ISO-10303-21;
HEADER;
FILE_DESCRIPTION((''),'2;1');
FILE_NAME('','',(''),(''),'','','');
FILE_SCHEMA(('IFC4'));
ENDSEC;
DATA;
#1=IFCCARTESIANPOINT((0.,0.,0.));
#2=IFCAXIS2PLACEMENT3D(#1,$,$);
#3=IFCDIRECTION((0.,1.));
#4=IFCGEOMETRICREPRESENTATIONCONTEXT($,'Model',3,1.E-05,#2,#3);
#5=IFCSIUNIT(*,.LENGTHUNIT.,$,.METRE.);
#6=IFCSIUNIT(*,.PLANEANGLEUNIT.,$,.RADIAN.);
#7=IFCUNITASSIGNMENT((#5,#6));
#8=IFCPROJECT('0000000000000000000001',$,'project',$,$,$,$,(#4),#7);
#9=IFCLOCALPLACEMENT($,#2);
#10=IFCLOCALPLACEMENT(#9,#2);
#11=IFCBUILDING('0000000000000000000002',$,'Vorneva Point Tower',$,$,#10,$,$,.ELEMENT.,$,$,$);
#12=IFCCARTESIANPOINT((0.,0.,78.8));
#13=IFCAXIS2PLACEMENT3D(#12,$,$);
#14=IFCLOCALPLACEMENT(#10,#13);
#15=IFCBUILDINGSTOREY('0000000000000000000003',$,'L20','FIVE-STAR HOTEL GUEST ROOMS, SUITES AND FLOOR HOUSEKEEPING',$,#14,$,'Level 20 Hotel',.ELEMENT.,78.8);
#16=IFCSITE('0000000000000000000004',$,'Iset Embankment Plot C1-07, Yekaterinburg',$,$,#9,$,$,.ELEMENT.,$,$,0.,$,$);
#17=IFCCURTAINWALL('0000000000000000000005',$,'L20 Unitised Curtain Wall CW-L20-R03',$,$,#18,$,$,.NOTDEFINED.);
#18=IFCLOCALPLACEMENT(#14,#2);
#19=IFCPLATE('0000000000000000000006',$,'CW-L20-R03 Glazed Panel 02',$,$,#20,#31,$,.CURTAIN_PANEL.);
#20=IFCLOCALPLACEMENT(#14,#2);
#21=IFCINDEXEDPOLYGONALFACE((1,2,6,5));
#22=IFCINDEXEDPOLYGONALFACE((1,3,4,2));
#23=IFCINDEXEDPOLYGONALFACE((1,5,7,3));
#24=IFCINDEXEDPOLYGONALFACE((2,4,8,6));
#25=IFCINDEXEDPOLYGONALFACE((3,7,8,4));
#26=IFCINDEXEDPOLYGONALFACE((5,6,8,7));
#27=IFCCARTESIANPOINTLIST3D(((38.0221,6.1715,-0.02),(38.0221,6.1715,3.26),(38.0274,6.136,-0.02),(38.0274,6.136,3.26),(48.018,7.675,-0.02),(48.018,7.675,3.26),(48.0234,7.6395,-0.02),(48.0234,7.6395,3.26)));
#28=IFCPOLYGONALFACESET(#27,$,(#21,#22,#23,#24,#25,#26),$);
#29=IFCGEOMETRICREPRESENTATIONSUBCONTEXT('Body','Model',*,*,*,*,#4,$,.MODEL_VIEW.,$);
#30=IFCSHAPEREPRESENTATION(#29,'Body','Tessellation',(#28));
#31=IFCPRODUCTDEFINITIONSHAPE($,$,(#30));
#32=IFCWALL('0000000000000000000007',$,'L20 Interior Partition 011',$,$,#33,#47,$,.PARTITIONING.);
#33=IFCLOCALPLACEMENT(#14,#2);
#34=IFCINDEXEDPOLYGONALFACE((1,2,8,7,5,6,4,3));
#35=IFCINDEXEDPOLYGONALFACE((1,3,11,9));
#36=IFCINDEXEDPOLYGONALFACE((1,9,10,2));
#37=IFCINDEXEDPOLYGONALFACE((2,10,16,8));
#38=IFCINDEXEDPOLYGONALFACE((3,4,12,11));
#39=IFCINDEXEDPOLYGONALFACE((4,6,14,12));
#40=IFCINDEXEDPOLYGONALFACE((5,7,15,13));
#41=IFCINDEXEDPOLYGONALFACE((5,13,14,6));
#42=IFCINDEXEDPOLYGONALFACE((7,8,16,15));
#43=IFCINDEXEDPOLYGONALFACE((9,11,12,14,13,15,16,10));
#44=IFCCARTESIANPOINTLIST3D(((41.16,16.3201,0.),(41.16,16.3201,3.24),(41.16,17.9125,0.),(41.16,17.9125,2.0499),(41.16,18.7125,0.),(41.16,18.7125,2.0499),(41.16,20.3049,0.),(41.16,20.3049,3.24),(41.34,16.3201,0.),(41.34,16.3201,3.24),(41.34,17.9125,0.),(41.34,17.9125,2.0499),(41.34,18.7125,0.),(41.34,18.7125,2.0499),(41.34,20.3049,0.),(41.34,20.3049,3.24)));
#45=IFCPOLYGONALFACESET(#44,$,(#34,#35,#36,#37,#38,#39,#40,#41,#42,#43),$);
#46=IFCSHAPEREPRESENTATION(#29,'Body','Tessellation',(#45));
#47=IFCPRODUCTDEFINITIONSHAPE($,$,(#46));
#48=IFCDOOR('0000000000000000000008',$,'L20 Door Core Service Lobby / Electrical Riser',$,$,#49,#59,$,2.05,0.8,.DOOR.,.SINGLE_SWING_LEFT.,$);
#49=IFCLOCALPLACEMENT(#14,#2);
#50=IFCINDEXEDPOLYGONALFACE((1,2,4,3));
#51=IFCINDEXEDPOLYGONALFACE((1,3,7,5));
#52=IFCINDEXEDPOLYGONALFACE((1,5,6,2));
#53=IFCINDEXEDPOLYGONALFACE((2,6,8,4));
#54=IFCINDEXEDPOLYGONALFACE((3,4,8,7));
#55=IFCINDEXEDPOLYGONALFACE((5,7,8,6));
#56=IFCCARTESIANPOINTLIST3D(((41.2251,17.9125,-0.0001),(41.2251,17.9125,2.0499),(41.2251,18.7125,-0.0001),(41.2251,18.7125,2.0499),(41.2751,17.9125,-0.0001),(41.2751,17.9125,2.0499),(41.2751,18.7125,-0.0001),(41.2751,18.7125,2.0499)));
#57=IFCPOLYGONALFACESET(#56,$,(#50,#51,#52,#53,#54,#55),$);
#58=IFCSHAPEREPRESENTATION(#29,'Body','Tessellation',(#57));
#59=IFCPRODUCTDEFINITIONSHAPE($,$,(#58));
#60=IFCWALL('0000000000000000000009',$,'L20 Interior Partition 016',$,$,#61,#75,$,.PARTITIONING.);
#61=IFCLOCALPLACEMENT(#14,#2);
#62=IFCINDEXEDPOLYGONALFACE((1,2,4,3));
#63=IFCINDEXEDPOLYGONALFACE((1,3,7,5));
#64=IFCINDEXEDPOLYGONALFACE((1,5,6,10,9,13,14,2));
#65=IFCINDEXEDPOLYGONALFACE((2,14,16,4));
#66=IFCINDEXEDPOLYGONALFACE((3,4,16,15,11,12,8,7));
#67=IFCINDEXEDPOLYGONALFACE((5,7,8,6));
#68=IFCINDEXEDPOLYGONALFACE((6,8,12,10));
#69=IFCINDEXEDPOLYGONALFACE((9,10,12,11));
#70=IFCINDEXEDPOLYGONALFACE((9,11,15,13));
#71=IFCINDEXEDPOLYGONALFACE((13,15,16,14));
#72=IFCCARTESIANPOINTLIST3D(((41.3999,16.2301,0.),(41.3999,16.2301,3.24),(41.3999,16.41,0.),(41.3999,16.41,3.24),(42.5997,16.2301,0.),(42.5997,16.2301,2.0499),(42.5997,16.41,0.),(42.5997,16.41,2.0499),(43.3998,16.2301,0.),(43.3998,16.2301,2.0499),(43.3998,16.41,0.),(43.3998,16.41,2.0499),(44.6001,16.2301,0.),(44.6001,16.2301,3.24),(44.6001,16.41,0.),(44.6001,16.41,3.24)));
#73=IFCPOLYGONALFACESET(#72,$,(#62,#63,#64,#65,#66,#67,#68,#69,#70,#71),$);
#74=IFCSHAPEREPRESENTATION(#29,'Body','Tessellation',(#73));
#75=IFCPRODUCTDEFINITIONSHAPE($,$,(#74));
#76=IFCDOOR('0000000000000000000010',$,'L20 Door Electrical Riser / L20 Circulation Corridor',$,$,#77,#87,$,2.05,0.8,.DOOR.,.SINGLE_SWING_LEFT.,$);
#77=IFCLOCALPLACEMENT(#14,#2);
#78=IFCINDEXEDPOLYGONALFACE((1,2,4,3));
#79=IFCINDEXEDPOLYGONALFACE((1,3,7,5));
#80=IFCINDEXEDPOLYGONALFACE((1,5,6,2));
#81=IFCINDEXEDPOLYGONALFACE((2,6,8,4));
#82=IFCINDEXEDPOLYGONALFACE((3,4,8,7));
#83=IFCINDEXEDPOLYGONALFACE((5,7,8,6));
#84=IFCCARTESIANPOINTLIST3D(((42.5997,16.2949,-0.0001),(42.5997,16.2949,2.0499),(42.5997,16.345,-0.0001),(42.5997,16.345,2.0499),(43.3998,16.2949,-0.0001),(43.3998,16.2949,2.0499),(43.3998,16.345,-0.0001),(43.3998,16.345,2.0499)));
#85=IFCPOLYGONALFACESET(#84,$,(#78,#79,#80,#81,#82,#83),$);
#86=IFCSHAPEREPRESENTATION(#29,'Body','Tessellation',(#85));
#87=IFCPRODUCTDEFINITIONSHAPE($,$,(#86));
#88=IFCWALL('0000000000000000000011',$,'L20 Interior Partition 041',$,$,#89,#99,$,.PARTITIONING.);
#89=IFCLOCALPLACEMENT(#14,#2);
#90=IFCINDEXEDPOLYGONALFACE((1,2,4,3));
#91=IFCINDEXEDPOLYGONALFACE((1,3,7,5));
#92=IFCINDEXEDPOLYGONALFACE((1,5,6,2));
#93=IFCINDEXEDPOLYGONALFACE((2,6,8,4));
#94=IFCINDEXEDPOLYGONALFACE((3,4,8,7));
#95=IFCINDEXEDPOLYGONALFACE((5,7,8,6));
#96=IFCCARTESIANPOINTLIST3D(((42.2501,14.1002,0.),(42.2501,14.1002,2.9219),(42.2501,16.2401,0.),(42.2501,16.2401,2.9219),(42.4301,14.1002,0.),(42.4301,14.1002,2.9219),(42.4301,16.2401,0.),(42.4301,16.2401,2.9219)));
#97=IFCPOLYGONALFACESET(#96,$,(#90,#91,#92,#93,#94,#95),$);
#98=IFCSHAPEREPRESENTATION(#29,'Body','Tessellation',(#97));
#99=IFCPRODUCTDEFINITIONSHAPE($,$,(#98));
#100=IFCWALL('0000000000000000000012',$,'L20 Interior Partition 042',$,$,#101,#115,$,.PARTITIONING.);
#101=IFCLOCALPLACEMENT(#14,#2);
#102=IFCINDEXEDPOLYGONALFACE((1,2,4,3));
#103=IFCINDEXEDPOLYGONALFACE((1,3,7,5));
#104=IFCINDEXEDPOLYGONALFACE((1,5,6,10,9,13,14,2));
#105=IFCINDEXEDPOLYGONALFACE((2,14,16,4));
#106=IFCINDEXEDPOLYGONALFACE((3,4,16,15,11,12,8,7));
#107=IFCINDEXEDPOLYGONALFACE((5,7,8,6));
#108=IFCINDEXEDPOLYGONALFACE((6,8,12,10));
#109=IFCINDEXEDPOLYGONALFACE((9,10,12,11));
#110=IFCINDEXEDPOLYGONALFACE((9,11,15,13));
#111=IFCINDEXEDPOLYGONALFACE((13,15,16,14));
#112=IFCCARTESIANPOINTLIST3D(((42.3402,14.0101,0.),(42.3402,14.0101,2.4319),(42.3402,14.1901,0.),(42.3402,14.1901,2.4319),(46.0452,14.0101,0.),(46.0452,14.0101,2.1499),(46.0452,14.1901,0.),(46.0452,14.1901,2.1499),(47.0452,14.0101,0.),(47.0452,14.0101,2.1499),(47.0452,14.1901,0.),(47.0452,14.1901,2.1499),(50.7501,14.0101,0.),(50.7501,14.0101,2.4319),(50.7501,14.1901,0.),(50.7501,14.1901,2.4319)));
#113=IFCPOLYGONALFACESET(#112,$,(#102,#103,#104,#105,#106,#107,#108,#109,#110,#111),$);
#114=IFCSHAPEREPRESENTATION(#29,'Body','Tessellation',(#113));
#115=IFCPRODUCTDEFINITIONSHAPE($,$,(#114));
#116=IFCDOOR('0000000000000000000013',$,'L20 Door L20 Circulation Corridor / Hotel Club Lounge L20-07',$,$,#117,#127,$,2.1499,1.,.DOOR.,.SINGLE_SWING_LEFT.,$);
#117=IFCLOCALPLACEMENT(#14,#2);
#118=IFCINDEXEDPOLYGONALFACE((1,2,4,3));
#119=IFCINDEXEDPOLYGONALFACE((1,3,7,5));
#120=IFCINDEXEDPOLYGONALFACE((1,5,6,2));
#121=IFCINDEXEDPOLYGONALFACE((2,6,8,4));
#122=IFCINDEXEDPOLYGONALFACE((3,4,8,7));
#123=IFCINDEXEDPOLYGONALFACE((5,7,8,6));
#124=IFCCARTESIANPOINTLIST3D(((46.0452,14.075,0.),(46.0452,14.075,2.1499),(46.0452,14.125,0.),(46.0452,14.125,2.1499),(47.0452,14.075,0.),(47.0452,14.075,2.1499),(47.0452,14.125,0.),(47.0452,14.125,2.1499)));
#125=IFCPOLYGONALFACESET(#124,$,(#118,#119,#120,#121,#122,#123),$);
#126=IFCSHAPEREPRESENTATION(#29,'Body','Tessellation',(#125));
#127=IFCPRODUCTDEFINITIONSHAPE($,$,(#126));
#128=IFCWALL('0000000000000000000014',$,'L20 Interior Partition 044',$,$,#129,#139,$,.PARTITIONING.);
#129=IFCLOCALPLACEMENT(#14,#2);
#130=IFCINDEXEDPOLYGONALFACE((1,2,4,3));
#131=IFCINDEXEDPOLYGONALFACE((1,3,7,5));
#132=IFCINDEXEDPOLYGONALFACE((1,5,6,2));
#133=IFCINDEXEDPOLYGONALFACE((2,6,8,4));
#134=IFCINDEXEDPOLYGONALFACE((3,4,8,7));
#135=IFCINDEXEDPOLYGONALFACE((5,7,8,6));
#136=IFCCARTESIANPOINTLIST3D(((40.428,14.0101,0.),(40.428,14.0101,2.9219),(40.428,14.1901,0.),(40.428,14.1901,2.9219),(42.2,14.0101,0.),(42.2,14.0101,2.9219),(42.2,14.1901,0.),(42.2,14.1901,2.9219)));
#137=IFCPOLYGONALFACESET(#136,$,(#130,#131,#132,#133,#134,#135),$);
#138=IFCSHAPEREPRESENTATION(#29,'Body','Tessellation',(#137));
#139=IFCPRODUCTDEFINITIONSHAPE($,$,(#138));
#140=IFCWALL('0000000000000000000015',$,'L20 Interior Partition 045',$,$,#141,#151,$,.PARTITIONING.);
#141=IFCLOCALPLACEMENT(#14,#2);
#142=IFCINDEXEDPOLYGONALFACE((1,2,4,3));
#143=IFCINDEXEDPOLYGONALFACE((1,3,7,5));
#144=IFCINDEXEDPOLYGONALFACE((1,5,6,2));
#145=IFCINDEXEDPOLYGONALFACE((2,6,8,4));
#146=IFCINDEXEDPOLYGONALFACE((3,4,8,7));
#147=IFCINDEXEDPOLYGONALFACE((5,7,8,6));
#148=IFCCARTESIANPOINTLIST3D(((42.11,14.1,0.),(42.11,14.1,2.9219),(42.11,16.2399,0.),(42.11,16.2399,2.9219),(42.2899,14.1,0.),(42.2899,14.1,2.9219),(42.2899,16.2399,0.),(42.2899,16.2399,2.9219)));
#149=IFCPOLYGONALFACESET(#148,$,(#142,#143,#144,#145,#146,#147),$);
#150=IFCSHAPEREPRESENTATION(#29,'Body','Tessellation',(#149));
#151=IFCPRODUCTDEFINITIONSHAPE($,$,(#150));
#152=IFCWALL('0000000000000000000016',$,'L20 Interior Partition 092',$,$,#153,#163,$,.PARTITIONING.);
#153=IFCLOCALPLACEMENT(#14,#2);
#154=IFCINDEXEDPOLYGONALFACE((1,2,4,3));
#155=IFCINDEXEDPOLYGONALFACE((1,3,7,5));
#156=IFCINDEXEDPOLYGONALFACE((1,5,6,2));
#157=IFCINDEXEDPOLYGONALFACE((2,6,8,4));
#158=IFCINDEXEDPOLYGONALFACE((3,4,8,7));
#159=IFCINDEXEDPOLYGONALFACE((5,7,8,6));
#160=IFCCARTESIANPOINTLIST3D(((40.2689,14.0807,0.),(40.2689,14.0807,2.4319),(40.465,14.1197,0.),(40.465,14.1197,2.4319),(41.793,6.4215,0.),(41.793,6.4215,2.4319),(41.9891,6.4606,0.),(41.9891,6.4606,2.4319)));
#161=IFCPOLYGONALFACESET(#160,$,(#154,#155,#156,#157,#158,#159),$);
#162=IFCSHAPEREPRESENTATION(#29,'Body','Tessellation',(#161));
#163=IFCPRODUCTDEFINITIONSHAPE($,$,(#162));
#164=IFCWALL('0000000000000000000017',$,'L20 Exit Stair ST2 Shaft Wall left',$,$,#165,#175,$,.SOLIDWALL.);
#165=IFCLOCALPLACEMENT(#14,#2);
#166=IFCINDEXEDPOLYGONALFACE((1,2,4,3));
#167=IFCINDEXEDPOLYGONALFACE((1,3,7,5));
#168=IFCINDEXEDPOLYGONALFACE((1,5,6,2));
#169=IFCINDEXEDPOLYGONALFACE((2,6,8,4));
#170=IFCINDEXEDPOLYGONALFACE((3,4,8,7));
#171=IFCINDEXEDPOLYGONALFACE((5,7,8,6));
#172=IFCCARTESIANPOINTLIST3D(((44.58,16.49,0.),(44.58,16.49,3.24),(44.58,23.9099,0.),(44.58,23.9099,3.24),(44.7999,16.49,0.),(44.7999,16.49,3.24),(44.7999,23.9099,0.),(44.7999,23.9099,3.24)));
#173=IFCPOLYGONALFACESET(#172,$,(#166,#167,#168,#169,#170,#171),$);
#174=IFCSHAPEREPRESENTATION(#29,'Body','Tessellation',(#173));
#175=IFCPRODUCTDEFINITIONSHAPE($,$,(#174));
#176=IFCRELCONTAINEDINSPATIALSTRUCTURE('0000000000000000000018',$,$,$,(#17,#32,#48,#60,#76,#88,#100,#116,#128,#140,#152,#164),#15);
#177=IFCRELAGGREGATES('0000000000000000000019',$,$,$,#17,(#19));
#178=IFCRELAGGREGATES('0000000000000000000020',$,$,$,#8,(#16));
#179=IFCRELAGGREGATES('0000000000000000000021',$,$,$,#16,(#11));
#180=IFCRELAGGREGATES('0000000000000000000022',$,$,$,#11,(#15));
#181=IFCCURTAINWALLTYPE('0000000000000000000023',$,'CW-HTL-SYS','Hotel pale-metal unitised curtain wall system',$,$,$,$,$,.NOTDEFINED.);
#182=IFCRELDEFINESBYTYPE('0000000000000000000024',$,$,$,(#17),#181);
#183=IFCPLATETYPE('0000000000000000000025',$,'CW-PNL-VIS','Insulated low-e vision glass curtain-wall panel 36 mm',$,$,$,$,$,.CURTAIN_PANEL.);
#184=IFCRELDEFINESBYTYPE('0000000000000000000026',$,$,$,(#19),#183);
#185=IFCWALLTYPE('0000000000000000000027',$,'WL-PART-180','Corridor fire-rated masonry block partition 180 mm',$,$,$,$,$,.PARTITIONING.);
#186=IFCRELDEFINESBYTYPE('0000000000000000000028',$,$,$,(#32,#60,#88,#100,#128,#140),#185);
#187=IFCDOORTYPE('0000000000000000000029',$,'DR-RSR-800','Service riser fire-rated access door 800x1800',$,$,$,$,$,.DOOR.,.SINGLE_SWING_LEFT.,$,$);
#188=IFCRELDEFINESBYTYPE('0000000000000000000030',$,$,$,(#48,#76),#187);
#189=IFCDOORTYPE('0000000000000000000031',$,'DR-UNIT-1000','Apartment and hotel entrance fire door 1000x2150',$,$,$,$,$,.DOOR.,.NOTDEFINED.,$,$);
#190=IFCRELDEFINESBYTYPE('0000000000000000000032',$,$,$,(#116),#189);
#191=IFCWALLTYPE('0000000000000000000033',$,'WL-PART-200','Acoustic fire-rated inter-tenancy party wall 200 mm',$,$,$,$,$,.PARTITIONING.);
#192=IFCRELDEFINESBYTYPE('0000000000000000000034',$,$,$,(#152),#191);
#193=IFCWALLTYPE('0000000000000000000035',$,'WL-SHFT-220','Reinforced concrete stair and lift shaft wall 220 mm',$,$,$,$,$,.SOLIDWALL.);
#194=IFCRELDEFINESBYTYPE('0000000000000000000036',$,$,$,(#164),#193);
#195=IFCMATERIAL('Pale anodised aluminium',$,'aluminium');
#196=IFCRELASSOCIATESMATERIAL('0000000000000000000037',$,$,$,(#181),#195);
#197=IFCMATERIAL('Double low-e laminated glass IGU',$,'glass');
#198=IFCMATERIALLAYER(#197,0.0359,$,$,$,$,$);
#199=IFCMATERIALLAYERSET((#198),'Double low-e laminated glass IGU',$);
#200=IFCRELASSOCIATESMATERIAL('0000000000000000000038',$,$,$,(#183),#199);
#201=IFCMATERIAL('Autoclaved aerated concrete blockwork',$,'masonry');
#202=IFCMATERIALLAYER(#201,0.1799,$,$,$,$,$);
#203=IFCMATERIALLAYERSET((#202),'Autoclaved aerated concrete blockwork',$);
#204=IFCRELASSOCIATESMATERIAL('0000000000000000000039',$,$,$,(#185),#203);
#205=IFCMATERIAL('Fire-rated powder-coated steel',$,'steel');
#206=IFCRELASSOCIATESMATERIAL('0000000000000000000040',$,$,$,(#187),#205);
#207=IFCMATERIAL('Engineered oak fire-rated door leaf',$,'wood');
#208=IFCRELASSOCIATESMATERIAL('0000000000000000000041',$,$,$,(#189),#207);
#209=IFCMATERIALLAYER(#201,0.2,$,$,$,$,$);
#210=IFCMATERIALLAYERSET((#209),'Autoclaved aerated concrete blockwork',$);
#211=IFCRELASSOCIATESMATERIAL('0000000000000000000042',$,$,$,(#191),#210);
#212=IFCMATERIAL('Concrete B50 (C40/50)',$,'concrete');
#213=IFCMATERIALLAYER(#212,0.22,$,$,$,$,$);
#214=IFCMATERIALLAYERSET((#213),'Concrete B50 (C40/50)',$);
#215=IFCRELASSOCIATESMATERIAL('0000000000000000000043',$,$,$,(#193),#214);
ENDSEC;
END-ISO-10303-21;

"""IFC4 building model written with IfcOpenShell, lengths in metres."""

from ifc_helpers import new_model, si_unit, direction, frame, frame_2d, origin, origin_2d, place, context, subcontext, project, spatial, rectangle, extrude, material, layer, layer_set, type_object, element, fill, aggregate, save


model = new_model("IFC4")

# Units and contexts
model_context = context("Model", 3, precision=1e-05, world=origin(), true_north=direction((0.0, 1.0)))
body_context = subcontext(model_context, "Body", "Model", "MODEL_VIEW")
ifc_project = project(units=[si_unit("LENGTHUNIT", "METRE"), si_unit("PLANEANGLEUNIT", "RADIAN")], contexts=[model_context])

# Site, building, storey
site_placement = place(None, origin())
site = spatial("IfcSite", under=ifc_project, at=site_placement, Name="Iset Embankment Plot C1-07, Yekaterinburg", CompositionType="ELEMENT", RefElevation=0.0)
building_placement = place(site_placement, origin())
building = spatial("IfcBuilding", under=site, at=building_placement, Name="Vorneva Point Tower", CompositionType="ELEMENT")
storey_placement = place(building_placement, frame((0.0, 0.0, 78.8)))
storey = spatial("IfcBuildingStorey", under=building, at=storey_placement, Name="L20", Description="FIVE-STAR HOTEL GUEST ROOMS, SUITES AND FLOOR HOUSEKEEPING", LongName="Level 20 Hotel", CompositionType="ELEMENT", Elevation=78.8)

# Curtain wall, plate
ifc_material_1 = material(Name="Pale anodised aluminium", Category="aluminium")
curtain_wall_type = type_object("IfcCurtainWallType", Name="CW-HTL-SYS", Description="Hotel pale-metal unitised curtain wall system", PredefinedType="NOTDEFINED", material=ifc_material_1)
curtain_wall_placement = place(storey_placement, origin())
curtain_wall = element("IfcCurtainWall", 1, at=curtain_wall_placement, inside=storey, type_object=curtain_wall_type, Name="L20 Unitised Curtain Wall CW-L20-R03", PredefinedType="NOTDEFINED")
ifc_material_2 = material(Name="Double low-e laminated glass IGU", Category="glass")
ifc_layer_1 = layer(ifc_material_2, 0.0359)
ifc_layer_set_1 = layer_set([ifc_layer_1], Name="Double low-e laminated glass IGU")
plate_type = type_object("IfcPlateType", Name="CW-PNL-VIS", Description="Insulated low-e vision glass curtain-wall panel 36 mm", PredefinedType="CURTAIN_PANEL", material=ifc_layer_set_1)
plate_placement = place(storey_placement, frame((43.0227, 6.9055, -0.02), z_axis=(0.0, 0.0, 1.0), x_axis=(0.988876, 0.148741, 0.0)))
plate = element("IfcPlate", 2, at=plate_placement, type_object=plate_type, Name="CW-L20-R03 Glazed Panel 02", PredefinedType="CURTAIN_PANEL", context=body_context, shape_type="SweptSolid", body=[
    extrude(rectangle(XDim=10.1084, YDim=0.0359, at=origin_2d()), origin(), (0.0, 0.0, 1.0), 3.28),
])
aggregate(curtain_wall, [plate])

# Walls, openings, doors
ifc_material_3 = material(Name="Autoclaved aerated concrete blockwork", Category="masonry")
ifc_layer_2 = layer(ifc_material_3, 0.1799)
ifc_layer_set_2 = layer_set([ifc_layer_2], Name="Autoclaved aerated concrete blockwork")
wall_type_1 = type_object("IfcWallType", Name="WL-PART-180", Description="Corridor fire-rated masonry block partition 180 mm", PredefinedType="PARTITIONING", material=ifc_layer_set_2)
wall_1_placement = place(storey_placement, frame((41.25, 16.3201, 0.0), z_axis=(0.0, 0.0, 1.0), x_axis=(0.0, 1.0, 0.0)))
wall_1 = element("IfcWall", 3, at=wall_1_placement, inside=storey, type_object=wall_type_1, Name="L20 Interior Partition 011", PredefinedType="PARTITIONING", context=body_context, shape_type="SweptSolid", body=[
    extrude(rectangle(XDim=3.9849, YDim=0.1799, at=frame_2d((1.9924, 0.0))), origin(), (0.0, 0.0, 1.0), 3.24),
])
opening_1_placement = place(wall_1_placement, frame((1.5925, 0.0, 0.0)))
opening_1 = element("IfcOpeningElement", 4, at=opening_1_placement, cuts=wall_1, PredefinedType="OPENING", context=body_context, shape_type="SweptSolid", body=[
    extrude(rectangle(XDim=0.8, YDim=2.05, at=frame_2d((0.3999, 1.0249))), frame((0.0, 0.105, 0.0), z_axis=(0.0, -1.0, 0.0), x_axis=(1.0, 0.0, 0.0)), (0.0, 0.0, 1.0), 0.2097),
])
ifc_material_4 = material(Name="Fire-rated powder-coated steel", Category="steel")
door_type_1 = type_object("IfcDoorType", Name="DR-RSR-800", Description="Service riser fire-rated access door 800x1800", OperationType="SINGLE_SWING_LEFT", PredefinedType="DOOR", material=ifc_material_4)
door_1_placement = place(opening_1_placement, origin())
door_1 = element("IfcDoor", 5, at=door_1_placement, inside=storey, type_object=door_type_1, Name="L20 Door Core Service Lobby / Electrical Riser", OperationType="SINGLE_SWING_LEFT", OverallHeight=2.05, OverallWidth=0.8, PredefinedType="DOOR", context=body_context, shape_type="SweptSolid", body=[
    extrude(rectangle(XDim=0.8, YDim=2.05, at=frame_2d((0.3999, 1.0249))), frame((0.0, 0.0249, 0.0), z_axis=(0.0, -1.0, 0.0), x_axis=(1.0, 0.0, 0.0)), (0.0, 0.0, 1.0), 0.05),
])
fill(opening_1, door_1)
wall_2_placement = place(storey_placement, frame((41.3999, 16.3201, 0.0), z_axis=(0.0, 0.0, 1.0), x_axis=(1.0, 0.0, 0.0)))
wall_2 = element("IfcWall", 6, at=wall_2_placement, inside=storey, type_object=wall_type_1, Name="L20 Interior Partition 016", PredefinedType="PARTITIONING", context=body_context, shape_type="SweptSolid", body=[
    extrude(rectangle(XDim=3.2002, YDim=0.1799, at=frame_2d((1.6001, 0.0))), origin(), (0.0, 0.0, 1.0), 3.24),
])
opening_2_placement = place(wall_2_placement, frame((1.2, 0.0, 0.0)))
opening_2 = element("IfcOpeningElement", 7, at=opening_2_placement, cuts=wall_2, PredefinedType="OPENING", context=body_context, shape_type="SweptSolid", body=[
    extrude(rectangle(XDim=0.8, YDim=2.05, at=frame_2d((0.3999, 1.0249))), frame((0.0, 0.105, 0.0), z_axis=(0.0, -1.0, 0.0), x_axis=(1.0, 0.0, 0.0)), (0.0, 0.0, 1.0), 0.2097),
])
door_2_placement = place(opening_2_placement, origin())
door_2 = element("IfcDoor", 8, at=door_2_placement, inside=storey, type_object=door_type_1, Name="L20 Door Electrical Riser / L20 Circulation Corridor", OperationType="SINGLE_SWING_LEFT", OverallHeight=2.05, OverallWidth=0.8, PredefinedType="DOOR", context=body_context, shape_type="SweptSolid", body=[
    extrude(rectangle(XDim=0.8, YDim=2.05, at=frame_2d((0.3999, 1.0249))), frame((0.0, 0.0249, 0.0), z_axis=(0.0, -1.0, 0.0), x_axis=(1.0, 0.0, 0.0)), (0.0, 0.0, 1.0), 0.05),
])
fill(opening_2, door_2)

# Wall
wall_3_placement = place(storey_placement, frame((42.3401, 16.24, 0.0), z_axis=(0.0, 0.0, 1.0), x_axis=(0.0, -1.0, 0.0)))
element("IfcWall", 9, at=wall_3_placement, inside=storey, type_object=wall_type_1, Name="L20 Interior Partition 041", PredefinedType="PARTITIONING", context=body_context, shape_type="SweptSolid", body=[
    extrude(rectangle(XDim=2.1399, YDim=0.1799, at=frame_2d((1.0698, 0.0))), origin(), (0.0, 0.0, 1.0), 2.9219),
])

# Wall, opening, door
wall_4_placement = place(storey_placement, frame((42.3401, 14.1001, 0.0), z_axis=(0.0, 0.0, 1.0), x_axis=(1.0, 0.0, 0.0)))
wall_4 = element("IfcWall", 10, at=wall_4_placement, inside=storey, type_object=wall_type_1, Name="L20 Interior Partition 042", PredefinedType="PARTITIONING", context=body_context, shape_type="SweptSolid", body=[
    extrude(rectangle(XDim=8.4099, YDim=0.1799, at=frame_2d((4.2051, 0.0))), origin(), (0.0, 0.0, 1.0), 2.4319),
])
opening_3_placement = place(wall_4_placement, frame((3.7051, 0.0, 0.0)))
opening_3 = element("IfcOpeningElement", 11, at=opening_3_placement, cuts=wall_4, PredefinedType="OPENING", context=body_context, shape_type="SweptSolid", body=[
    extrude(rectangle(XDim=1.0, YDim=2.1499, at=frame_2d((0.5, 1.075))), frame((0.0, 0.105, 0.0), z_axis=(0.0, -1.0, 0.0), x_axis=(1.0, 0.0, 0.0)), (0.0, 0.0, 1.0), 0.2097),
])
ifc_material_5 = material(Name="Engineered oak fire-rated door leaf", Category="wood")
door_type_2 = type_object("IfcDoorType", Name="DR-UNIT-1000", Description="Apartment and hotel entrance fire door 1000x2150", OperationType="NOTDEFINED", PredefinedType="DOOR", material=ifc_material_5)
door_3_placement = place(opening_3_placement, origin())
door_3 = element("IfcDoor", 12, at=door_3_placement, inside=storey, type_object=door_type_2, Name="L20 Door L20 Circulation Corridor / Hotel Club Lounge L20-07", OperationType="SINGLE_SWING_LEFT", OverallHeight=2.1499, OverallWidth=1.0, PredefinedType="DOOR", context=body_context, shape_type="SweptSolid", body=[
    extrude(rectangle(XDim=1.0, YDim=2.1499, at=frame_2d((0.5, 1.075))), frame((0.0, 0.0249, 0.0), z_axis=(0.0, -1.0, 0.0), x_axis=(1.0, 0.0, 0.0)), (0.0, 0.0, 1.0), 0.05),
])
fill(opening_3, door_3)

# Walls
wall_5_placement = place(storey_placement, frame((40.428, 14.1001, 0.0), z_axis=(0.0, 0.0, 1.0), x_axis=(1.0, 0.0, 0.0)))
element("IfcWall", 13, at=wall_5_placement, inside=storey, type_object=wall_type_1, Name="L20 Interior Partition 044", PredefinedType="PARTITIONING", context=body_context, shape_type="SweptSolid", body=[
    extrude(rectangle(XDim=1.772, YDim=0.1799, at=frame_2d((0.886, 0.0))), origin(), (0.0, 0.0, 1.0), 2.9219),
])
wall_6_placement = place(storey_placement, frame((42.2, 14.1001, 0.0), z_axis=(0.0, 0.0, 1.0), x_axis=(0.0, 1.0, 0.0)))
element("IfcWall", 14, at=wall_6_placement, inside=storey, type_object=wall_type_1, Name="L20 Interior Partition 045", PredefinedType="PARTITIONING", context=body_context, shape_type="SweptSolid", body=[
    extrude(rectangle(XDim=2.1399, YDim=0.1799, at=frame_2d((1.0698, 0.0))), origin(), (0.0, 0.0, 1.0), 2.9219),
])
ifc_layer_3 = layer(ifc_material_3, 0.2)
ifc_layer_set_3 = layer_set([ifc_layer_3], Name="Autoclaved aerated concrete blockwork")
wall_type_2 = type_object("IfcWallType", Name="WL-PART-200", Description="Acoustic fire-rated inter-tenancy party wall 200 mm", PredefinedType="PARTITIONING", material=ifc_layer_set_3)
wall_7_placement = place(storey_placement, frame((41.8911, 6.4409, 0.0), z_axis=(0.0, 0.0, 1.0), x_axis=(-0.195172, 0.980769, 0.0)))
element("IfcWall", 15, at=wall_7_placement, inside=storey, type_object=wall_type_2, Name="L20 Interior Partition 092", PredefinedType="PARTITIONING", context=body_context, shape_type="SweptSolid", body=[
    extrude(rectangle(XDim=7.8093, YDim=0.2, at=frame_2d((3.9048, 0.0))), origin(), (0.0, 0.0, 1.0), 2.4319),
])
ifc_material_6 = material(Name="Concrete B50 (C40/50)", Category="concrete")
ifc_layer_4 = layer(ifc_material_6, 0.22)
ifc_layer_set_4 = layer_set([ifc_layer_4], Name="Concrete B50 (C40/50)")
wall_type_3 = type_object("IfcWallType", Name="WL-SHFT-220", Description="Reinforced concrete stair and lift shaft wall 220 mm", PredefinedType="SOLIDWALL", material=ifc_layer_set_4)
wall_8_placement = place(storey_placement, frame((44.6899, 16.49, 0.0), z_axis=(0.0, 0.0, 1.0), x_axis=(0.0, 1.0, 0.0)))
element("IfcWall", 16, at=wall_8_placement, inside=storey, type_object=wall_type_3, Name="L20 Exit Stair ST2 Shaft Wall left", PredefinedType="SOLIDWALL", context=body_context, shape_type="SweptSolid", body=[
    extrude(rectangle(XDim=7.4199, YDim=0.22, at=frame_2d((3.71, 0.0))), origin(), (0.0, 0.0, 1.0), 3.24),
])

save(model, "model.ifc")
